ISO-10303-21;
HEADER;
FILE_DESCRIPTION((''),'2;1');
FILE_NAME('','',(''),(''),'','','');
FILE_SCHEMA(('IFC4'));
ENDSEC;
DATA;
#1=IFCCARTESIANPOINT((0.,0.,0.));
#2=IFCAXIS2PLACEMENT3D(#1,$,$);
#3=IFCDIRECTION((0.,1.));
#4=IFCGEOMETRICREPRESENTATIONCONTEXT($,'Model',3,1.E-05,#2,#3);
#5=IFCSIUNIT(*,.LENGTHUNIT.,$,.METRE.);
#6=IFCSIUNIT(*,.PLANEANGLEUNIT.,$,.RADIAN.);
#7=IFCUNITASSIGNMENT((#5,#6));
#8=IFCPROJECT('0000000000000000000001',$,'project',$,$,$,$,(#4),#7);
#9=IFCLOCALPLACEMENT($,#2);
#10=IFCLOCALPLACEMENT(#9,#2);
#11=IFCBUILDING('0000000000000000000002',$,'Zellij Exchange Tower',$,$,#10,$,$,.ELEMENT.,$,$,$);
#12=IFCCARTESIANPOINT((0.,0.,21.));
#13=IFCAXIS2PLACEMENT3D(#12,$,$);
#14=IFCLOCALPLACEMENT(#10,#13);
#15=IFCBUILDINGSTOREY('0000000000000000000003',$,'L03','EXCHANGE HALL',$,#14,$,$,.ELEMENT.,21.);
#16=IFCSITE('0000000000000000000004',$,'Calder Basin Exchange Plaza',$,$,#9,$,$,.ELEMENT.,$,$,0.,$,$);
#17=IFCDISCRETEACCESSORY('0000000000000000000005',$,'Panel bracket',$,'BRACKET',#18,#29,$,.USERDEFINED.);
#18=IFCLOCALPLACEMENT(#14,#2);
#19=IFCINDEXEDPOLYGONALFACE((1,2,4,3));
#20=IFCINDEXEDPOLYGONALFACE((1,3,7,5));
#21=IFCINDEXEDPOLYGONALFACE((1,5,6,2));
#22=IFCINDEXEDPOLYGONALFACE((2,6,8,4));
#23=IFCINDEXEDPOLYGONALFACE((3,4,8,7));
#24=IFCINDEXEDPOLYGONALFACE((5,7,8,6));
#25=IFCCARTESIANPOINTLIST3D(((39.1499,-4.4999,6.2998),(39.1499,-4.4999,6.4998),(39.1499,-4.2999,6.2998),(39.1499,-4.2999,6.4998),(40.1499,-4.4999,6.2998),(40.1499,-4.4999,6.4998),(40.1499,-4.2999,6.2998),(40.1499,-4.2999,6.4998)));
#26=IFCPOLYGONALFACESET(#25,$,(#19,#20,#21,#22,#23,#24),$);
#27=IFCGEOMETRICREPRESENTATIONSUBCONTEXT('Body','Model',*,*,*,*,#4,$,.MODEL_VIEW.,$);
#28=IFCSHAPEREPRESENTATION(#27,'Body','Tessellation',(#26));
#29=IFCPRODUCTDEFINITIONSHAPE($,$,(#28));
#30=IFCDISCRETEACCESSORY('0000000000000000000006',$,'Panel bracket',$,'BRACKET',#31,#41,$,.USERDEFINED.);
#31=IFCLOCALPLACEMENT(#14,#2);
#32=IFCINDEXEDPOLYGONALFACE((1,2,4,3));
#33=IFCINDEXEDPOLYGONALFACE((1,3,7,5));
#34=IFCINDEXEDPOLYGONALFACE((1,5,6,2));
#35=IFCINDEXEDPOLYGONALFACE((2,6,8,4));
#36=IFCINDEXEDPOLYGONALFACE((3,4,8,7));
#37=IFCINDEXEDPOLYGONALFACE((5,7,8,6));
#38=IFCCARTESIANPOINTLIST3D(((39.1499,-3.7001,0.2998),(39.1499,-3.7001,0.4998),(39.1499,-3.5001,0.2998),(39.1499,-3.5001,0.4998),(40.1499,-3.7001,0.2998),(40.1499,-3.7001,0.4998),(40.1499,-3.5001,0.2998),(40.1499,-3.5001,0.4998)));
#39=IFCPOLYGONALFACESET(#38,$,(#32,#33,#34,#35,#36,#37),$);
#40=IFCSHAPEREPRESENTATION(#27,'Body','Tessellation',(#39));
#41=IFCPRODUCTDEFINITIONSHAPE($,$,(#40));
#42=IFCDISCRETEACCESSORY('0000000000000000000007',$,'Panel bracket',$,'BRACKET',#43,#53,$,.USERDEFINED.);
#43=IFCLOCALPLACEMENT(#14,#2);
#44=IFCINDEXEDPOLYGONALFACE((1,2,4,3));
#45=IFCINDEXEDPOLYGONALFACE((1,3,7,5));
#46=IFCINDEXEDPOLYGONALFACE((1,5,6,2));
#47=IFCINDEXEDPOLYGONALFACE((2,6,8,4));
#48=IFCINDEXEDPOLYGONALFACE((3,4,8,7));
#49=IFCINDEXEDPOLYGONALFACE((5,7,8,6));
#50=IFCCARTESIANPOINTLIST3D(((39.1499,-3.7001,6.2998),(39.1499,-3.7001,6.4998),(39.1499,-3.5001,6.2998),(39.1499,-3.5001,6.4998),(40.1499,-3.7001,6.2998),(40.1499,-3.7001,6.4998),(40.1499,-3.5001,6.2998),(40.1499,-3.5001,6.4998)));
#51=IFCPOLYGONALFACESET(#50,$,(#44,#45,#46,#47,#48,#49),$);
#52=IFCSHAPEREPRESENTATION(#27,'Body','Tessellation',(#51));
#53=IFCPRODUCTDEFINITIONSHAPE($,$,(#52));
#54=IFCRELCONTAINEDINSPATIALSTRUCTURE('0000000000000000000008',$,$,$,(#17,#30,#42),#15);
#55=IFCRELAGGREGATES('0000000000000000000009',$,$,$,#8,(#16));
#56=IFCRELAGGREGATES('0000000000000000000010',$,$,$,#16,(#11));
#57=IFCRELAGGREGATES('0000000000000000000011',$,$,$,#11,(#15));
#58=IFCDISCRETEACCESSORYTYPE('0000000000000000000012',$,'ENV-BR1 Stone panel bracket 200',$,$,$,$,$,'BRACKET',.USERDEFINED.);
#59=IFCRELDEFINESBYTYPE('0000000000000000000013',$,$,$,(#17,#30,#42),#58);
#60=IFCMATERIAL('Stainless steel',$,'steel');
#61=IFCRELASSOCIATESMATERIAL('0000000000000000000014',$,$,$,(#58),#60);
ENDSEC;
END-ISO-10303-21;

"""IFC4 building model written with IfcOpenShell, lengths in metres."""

from ifc_helpers import new_model, si_unit, direction, frame, origin, origin_2d, place, context, subcontext, project, spatial, rectangle, extrude, material, type_object, element, save


model = new_model("IFC4")

# Units and contexts
model_context = context("Model", 3, precision=1e-05, world=origin(), true_north=direction((0.0, 1.0)))
body_context = subcontext(model_context, "Body", "Model", "MODEL_VIEW")
ifc_project = project(units=[si_unit("LENGTHUNIT", "METRE"), si_unit("PLANEANGLEUNIT", "RADIAN")], contexts=[model_context])

# Site, building, storey
site_placement = place(None, origin())
site = spatial("IfcSite", under=ifc_project, at=site_placement, Name="Calder Basin Exchange Plaza", CompositionType="ELEMENT", RefElevation=0.0)
building_placement = place(site_placement, origin())
building = spatial("IfcBuilding", under=site, at=building_placement, Name="Zellij Exchange Tower", CompositionType="ELEMENT")
storey_placement = place(building_placement, frame((0.0, 0.0, 21.0)))
storey = spatial("IfcBuildingStorey", under=building, at=storey_placement, Name="L03", Description="EXCHANGE HALL", CompositionType="ELEMENT", Elevation=21.0)

# Shared definitions
ifc_material_1 = material(Name="Stainless steel", Category="steel")

# Discrete accessories
discrete_accessory_type = type_object("IfcDiscreteAccessoryType", Name="ENV-BR1 Stone panel bracket 200", ElementType="BRACKET", PredefinedType="USERDEFINED", material=ifc_material_1)
for number, where, z_axis, x_axis, name in (
    (1, (39.6499, -4.3999, 6.2998), (0.0, 0.0, 1.0), (0.0, 1.0, 0.0), "Panel bracket"),
    (2, (39.6499, -3.6001, 0.2998), (0.0, 0.0, 1.0), (0.0, 1.0, 0.0), "Panel bracket"),
    (3, (39.6499, -3.6001, 6.2998), (0.0, 0.0, 1.0), (0.0, 1.0, 0.0), "Panel bracket"),
):
    element("IfcDiscreteAccessory", number, at=place(storey_placement, frame(where, z_axis=z_axis, x_axis=x_axis)), inside=storey, type_object=discrete_accessory_type, Name=name, ObjectType="BRACKET", PredefinedType="USERDEFINED", context=body_context, shape_type="SweptSolid", body=[
        extrude(rectangle(XDim=0.2, YDim=1.0, at=origin_2d()), origin(), (0.0, 0.0, 1.0), 0.2),
    ])

save(model, "model.ifc")
